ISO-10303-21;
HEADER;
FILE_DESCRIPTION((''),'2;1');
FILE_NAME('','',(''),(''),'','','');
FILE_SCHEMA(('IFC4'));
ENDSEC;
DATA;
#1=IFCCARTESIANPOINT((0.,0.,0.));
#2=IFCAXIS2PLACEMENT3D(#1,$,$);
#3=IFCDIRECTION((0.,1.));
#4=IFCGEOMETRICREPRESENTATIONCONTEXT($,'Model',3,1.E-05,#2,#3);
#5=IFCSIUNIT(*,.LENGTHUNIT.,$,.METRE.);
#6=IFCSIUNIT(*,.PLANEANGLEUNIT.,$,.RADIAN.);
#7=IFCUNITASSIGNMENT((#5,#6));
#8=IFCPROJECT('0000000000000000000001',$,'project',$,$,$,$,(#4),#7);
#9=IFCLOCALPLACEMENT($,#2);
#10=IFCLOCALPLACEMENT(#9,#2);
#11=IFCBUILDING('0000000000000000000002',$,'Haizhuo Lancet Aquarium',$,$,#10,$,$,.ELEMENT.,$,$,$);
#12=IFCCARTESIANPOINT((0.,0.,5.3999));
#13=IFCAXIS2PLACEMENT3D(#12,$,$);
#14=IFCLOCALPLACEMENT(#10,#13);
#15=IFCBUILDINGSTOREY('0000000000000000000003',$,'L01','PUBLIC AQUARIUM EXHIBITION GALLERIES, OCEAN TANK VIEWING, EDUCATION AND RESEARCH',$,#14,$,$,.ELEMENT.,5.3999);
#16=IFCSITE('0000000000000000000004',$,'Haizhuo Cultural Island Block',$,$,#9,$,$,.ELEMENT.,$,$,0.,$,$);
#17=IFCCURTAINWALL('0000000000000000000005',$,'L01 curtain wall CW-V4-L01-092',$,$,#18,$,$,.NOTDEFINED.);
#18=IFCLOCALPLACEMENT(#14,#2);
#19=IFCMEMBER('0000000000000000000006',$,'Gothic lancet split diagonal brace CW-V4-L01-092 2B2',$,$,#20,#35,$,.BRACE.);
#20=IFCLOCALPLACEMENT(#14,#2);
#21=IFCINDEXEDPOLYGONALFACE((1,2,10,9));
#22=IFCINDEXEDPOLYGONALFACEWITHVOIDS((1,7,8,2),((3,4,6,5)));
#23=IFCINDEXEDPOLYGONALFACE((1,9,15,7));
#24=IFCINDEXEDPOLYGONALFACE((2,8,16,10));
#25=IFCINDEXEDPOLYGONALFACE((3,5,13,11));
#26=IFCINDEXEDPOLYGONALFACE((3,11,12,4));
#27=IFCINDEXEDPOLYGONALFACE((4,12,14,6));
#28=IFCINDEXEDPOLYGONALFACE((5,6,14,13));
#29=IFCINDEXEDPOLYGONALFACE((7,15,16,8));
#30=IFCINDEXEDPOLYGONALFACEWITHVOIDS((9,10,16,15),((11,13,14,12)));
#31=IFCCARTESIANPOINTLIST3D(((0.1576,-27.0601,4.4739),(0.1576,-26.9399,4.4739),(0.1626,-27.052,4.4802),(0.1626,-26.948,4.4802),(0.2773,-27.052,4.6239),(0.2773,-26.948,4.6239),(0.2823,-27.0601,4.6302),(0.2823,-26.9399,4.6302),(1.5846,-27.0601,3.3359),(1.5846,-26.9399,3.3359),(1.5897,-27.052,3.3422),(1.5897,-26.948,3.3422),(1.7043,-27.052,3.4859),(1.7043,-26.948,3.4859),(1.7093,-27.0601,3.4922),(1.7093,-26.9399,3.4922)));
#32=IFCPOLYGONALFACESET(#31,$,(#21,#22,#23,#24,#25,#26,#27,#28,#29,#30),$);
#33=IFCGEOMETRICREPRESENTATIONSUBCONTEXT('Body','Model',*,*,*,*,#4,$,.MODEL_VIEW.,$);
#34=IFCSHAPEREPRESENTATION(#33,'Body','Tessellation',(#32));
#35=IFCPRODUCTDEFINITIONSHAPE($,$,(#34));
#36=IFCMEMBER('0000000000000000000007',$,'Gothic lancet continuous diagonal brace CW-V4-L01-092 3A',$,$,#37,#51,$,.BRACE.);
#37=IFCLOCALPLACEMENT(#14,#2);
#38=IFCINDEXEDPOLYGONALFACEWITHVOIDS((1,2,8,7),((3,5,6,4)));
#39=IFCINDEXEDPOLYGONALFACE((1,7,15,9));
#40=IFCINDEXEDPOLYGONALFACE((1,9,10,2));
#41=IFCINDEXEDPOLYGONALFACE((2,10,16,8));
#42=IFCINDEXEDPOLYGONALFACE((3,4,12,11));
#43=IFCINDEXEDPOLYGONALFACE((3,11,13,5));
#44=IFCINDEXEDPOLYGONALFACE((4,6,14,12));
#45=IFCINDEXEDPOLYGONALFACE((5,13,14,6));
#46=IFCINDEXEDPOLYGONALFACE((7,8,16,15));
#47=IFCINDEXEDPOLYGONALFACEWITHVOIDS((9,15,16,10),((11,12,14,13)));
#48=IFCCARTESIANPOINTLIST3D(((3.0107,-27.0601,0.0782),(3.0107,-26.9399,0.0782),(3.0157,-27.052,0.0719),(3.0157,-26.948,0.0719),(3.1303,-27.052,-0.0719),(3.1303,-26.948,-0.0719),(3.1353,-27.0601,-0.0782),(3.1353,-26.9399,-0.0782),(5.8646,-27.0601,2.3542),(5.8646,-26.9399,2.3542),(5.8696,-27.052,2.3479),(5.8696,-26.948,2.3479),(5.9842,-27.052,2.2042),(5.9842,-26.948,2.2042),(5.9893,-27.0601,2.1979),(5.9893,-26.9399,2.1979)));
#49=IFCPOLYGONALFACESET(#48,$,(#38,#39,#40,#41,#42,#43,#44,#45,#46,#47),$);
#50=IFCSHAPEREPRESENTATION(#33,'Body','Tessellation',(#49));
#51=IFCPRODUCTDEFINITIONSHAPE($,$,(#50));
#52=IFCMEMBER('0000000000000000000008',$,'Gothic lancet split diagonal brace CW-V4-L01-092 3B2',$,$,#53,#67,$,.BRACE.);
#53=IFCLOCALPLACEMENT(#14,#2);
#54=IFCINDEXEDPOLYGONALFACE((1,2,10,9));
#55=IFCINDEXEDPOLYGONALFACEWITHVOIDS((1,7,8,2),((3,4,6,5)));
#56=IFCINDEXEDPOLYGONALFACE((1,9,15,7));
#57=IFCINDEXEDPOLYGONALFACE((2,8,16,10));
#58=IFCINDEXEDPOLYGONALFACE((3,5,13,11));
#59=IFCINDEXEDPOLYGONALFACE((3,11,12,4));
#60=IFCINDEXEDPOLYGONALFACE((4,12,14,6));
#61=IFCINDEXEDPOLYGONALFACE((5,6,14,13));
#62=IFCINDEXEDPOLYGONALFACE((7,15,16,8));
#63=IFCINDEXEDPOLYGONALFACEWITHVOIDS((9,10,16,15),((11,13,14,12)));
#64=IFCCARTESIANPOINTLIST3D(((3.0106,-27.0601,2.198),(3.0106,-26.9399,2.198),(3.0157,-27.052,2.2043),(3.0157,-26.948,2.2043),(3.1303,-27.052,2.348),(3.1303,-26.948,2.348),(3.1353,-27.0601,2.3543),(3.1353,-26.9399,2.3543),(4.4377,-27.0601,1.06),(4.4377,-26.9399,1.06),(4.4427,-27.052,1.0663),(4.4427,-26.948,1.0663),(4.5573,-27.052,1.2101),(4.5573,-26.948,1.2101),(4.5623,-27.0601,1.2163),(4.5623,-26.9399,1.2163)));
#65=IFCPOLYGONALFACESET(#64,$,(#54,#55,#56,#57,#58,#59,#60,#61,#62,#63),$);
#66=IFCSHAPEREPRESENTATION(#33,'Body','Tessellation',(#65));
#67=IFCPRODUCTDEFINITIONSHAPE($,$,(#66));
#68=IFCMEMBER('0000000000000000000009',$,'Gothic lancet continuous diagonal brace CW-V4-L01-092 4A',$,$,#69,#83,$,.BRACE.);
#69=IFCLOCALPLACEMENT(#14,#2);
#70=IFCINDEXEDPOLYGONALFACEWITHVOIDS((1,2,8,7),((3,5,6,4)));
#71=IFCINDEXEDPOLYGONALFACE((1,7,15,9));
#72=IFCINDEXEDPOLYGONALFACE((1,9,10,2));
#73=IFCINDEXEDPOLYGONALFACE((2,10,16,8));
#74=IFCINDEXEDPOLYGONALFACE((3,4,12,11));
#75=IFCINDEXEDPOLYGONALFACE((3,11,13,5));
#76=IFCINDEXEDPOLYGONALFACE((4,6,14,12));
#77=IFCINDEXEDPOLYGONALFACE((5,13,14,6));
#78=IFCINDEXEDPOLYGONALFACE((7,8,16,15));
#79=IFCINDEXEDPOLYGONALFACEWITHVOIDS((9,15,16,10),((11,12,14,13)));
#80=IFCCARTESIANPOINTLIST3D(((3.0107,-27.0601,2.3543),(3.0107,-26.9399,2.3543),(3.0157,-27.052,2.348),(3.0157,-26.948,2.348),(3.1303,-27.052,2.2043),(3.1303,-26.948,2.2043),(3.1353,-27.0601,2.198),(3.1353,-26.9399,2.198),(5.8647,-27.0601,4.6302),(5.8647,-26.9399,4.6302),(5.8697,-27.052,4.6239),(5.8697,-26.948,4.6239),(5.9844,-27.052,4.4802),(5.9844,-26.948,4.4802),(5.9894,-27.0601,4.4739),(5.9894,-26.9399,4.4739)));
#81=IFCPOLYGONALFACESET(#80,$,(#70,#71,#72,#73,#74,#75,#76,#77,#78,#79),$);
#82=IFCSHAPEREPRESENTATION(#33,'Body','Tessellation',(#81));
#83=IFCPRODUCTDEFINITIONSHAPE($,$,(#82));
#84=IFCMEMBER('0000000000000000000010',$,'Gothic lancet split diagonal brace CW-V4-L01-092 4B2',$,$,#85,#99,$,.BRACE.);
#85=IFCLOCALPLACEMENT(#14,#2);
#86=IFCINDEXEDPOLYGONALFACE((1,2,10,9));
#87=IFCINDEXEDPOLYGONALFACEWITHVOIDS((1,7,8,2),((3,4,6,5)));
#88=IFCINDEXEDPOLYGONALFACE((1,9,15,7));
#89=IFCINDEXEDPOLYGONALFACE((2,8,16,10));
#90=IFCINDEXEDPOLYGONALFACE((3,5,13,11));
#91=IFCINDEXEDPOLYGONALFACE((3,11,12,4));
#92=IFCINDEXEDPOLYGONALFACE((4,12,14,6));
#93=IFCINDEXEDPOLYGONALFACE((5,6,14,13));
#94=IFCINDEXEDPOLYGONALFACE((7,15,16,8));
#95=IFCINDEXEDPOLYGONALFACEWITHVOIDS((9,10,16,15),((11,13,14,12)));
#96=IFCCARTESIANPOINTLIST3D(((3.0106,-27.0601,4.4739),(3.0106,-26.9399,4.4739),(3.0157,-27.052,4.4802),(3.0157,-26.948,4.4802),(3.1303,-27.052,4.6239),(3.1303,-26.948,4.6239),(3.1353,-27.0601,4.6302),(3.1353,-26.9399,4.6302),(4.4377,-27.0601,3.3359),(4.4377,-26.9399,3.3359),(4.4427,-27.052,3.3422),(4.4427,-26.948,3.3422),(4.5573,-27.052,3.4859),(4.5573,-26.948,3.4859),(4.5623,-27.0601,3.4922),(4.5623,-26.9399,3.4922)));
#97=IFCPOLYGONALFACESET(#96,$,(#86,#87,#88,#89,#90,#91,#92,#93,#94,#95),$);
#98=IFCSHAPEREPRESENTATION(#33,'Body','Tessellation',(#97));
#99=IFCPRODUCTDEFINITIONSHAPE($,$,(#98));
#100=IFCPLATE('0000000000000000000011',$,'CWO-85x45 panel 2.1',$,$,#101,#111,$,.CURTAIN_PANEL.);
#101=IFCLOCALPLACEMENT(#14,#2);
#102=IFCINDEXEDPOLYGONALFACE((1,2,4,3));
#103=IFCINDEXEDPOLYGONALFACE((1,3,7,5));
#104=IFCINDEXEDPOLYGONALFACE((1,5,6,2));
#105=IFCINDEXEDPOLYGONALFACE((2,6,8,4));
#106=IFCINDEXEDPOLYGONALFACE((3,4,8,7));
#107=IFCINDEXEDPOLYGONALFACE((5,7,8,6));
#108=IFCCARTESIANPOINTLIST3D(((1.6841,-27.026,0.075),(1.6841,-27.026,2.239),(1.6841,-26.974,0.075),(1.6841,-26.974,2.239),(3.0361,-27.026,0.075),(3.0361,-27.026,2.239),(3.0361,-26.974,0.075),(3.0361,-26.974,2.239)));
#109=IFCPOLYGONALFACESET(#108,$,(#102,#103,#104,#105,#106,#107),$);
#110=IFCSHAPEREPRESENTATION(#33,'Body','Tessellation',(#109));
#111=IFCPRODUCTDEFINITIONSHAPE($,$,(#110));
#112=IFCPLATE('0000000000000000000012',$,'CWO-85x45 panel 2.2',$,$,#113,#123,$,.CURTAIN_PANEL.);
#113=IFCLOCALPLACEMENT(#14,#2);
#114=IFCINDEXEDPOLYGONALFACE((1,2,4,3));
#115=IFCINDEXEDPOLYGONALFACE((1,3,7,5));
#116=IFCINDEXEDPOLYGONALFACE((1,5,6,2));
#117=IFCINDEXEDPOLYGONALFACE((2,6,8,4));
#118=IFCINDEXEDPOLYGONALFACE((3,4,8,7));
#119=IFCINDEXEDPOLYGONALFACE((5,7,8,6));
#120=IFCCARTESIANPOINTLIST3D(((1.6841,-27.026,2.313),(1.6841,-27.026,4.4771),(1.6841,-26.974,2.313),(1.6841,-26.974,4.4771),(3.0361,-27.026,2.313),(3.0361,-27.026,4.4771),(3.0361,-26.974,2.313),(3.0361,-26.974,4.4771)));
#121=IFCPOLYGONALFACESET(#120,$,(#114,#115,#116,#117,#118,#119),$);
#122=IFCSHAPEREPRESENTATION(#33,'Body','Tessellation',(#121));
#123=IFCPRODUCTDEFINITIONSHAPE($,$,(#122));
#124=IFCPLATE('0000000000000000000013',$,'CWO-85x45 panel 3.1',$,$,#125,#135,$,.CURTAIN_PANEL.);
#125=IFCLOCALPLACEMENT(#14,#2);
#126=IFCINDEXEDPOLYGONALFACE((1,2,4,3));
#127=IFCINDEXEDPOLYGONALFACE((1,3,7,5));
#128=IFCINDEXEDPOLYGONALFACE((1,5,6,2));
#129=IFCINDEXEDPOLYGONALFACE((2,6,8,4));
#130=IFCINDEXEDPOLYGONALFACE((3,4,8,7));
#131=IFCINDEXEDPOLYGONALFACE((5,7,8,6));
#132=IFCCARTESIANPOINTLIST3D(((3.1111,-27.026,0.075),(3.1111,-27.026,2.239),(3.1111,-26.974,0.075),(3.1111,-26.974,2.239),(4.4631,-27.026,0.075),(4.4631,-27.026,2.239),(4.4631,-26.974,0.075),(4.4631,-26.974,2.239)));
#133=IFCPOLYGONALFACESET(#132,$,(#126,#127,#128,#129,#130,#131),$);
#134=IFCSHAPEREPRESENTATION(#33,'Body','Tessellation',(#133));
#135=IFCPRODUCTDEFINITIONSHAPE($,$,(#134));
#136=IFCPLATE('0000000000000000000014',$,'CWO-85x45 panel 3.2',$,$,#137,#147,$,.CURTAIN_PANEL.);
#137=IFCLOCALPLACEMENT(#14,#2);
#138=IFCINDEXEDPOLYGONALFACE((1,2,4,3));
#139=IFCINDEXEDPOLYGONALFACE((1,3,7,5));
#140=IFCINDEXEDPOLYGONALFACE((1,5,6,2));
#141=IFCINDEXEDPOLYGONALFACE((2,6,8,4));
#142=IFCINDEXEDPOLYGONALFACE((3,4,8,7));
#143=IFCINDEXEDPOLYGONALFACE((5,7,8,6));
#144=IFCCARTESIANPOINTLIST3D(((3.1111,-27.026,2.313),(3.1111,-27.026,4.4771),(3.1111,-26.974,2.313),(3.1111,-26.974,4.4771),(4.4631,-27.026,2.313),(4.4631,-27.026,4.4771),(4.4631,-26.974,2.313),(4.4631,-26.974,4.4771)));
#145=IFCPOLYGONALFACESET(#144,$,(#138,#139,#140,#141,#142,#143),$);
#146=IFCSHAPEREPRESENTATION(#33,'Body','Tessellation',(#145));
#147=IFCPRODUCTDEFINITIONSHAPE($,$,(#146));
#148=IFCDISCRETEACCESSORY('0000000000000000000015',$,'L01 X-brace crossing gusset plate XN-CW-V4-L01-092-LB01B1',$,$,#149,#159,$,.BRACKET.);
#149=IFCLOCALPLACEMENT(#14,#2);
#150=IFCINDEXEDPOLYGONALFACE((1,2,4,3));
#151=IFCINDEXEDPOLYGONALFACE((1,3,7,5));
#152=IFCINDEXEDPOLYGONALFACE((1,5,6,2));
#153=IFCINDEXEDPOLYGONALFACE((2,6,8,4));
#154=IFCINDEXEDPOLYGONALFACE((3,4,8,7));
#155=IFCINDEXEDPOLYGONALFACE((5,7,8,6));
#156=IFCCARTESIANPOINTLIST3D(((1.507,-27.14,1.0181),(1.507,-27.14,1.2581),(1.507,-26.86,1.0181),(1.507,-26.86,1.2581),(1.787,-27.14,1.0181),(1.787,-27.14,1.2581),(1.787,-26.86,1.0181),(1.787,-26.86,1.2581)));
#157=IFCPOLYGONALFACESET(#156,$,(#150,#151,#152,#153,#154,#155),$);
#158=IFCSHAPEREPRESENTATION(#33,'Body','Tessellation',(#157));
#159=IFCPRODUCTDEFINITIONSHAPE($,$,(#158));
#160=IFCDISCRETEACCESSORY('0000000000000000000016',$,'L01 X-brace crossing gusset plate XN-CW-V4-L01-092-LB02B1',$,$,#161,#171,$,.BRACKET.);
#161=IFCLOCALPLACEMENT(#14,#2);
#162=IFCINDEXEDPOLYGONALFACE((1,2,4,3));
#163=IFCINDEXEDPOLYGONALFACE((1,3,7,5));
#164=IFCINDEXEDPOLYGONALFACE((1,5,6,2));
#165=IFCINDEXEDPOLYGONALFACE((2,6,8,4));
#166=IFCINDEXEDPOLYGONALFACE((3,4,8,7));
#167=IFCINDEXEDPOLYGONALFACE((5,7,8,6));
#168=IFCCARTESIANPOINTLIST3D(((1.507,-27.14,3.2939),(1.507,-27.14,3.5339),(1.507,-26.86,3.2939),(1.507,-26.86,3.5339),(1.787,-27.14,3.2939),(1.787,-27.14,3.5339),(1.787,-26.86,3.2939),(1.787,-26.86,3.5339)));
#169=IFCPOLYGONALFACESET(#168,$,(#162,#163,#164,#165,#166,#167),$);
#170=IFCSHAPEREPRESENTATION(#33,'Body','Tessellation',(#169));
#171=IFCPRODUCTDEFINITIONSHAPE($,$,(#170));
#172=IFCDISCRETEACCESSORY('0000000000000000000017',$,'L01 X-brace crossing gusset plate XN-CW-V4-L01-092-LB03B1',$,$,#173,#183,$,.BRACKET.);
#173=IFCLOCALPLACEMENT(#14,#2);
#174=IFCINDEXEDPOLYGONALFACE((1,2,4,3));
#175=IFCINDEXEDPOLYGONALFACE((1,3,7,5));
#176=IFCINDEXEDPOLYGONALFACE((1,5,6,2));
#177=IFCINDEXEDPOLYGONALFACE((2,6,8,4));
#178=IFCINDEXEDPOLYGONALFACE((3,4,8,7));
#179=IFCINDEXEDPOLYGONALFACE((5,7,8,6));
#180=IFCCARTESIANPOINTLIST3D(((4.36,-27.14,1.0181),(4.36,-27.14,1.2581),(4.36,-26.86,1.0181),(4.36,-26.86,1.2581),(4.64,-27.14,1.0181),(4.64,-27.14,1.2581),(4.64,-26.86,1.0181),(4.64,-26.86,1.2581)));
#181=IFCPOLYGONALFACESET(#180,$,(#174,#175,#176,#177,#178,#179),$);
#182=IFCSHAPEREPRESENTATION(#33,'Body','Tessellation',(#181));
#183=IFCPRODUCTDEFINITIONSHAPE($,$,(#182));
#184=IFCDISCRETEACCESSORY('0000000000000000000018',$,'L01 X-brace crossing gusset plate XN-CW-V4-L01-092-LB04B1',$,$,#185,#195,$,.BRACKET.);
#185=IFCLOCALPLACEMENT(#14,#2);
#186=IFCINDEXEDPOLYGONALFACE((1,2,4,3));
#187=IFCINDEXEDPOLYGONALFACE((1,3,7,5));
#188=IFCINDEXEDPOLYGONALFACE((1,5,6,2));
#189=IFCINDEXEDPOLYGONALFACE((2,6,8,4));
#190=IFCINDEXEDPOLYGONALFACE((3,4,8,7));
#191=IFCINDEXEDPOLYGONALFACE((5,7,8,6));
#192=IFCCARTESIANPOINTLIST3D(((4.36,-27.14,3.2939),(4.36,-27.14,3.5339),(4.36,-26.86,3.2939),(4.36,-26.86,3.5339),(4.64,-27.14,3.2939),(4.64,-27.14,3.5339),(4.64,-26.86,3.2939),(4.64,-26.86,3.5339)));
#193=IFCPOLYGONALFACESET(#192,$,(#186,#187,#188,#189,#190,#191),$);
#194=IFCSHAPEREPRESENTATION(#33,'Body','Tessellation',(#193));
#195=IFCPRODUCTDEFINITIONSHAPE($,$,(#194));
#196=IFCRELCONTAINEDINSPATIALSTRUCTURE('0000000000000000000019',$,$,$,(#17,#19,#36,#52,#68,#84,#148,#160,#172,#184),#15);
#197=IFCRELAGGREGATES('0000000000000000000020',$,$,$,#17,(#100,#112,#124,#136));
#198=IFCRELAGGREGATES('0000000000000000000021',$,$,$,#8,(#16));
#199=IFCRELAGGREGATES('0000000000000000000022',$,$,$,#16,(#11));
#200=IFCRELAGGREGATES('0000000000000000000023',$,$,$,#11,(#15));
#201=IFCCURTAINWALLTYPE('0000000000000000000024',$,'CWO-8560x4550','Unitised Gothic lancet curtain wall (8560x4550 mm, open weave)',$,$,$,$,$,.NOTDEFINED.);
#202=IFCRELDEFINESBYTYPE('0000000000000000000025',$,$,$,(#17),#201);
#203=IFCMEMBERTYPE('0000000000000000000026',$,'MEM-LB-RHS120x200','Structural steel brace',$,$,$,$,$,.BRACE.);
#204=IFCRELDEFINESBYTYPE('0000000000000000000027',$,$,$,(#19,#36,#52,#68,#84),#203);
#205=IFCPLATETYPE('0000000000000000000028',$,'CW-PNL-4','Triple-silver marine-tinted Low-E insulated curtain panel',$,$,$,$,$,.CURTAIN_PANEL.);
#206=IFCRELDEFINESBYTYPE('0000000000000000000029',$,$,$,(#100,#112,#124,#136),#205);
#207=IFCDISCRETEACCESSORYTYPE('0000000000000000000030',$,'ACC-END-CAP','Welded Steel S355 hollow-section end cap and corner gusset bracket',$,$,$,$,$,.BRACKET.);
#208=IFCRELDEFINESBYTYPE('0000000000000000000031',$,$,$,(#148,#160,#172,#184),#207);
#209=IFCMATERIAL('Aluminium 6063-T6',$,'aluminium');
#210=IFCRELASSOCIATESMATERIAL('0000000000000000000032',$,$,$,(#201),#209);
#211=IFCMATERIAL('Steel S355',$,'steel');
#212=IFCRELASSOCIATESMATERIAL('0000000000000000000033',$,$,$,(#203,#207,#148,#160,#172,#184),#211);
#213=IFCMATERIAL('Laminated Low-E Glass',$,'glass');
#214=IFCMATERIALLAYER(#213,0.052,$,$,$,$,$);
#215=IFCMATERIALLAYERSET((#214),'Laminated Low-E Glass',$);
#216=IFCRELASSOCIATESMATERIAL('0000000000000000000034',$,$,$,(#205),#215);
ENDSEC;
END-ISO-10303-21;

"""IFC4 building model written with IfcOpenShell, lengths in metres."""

from ifc_helpers import new_model, si_unit, direction, frame, origin, origin_2d, place, context, subcontext, project, spatial, rectangle, hollow_rectangle, extrude, material, layer, layer_set, material_profile, profile_set, type_object, element, aggregate, save


model = new_model("IFC4")

# Units and contexts
model_context = context("Model", 3, precision=1e-05, world=origin(), true_north=direction((0.0, 1.0)))
body_context = subcontext(model_context, "Body", "Model", "MODEL_VIEW")
ifc_project = project(units=[si_unit("LENGTHUNIT", "METRE"), si_unit("PLANEANGLEUNIT", "RADIAN")], contexts=[model_context])

# Site, building, storey
site_placement = place(None, origin())
site = spatial("IfcSite", under=ifc_project, at=site_placement, Name="Haizhuo Cultural Island Block", CompositionType="ELEMENT", RefElevation=0.0)
building_placement = place(site_placement, origin())
building = spatial("IfcBuilding", under=site, at=building_placement, Name="Haizhuo Lancet Aquarium", CompositionType="ELEMENT")
storey_placement = place(building_placement, frame((0.0, 0.0, 5.3999)))
storey = spatial("IfcBuildingStorey", under=building, at=storey_placement, Name="L01", Description="PUBLIC AQUARIUM EXHIBITION GALLERIES, OCEAN TANK VIEWING, EDUCATION AND RESEARCH", CompositionType="ELEMENT", Elevation=5.3999)

# Curtain wall
ifc_material_1 = material(Name="Aluminium 6063-T6", Category="aluminium")
curtain_wall_type = type_object("IfcCurtainWallType", Name="CWO-8560x4550", Description="Unitised Gothic lancet curtain wall (8560x4550 mm, open weave)", PredefinedType="NOTDEFINED", material=ifc_material_1)
curtain_wall_placement = place(storey_placement, origin())
curtain_wall = element("IfcCurtainWall", 1, at=curtain_wall_placement, inside=storey, type_object=curtain_wall_type, Name="L01 curtain wall CW-V4-L01-092", PredefinedType="NOTDEFINED")

# Members
ifc_material_2 = material(Name="Steel S355", Category="steel")
ifc_material_profile_1 = material_profile(ifc_material_2, hollow_rectangle(XDim=0.1201, YDim=0.2, WallThickness=0.0081, at=origin_2d()), Name="RHS 120x200x8")
ifc_profile_set_1 = profile_set([ifc_material_profile_1], Name="Steel S355")
member_type_1 = type_object("IfcMemberType", Name="MEM-LB-RHS120x200", Description="Structural steel brace", PredefinedType="BRACE", material=ifc_profile_set_1)
member_1_placement = place(storey_placement, frame((1.647, -27.0, 3.4141), z_axis=(-0.781847, 0.0, 0.623471), x_axis=(0.0, -1.0, 0.0)))
element("IfcMember", 2, at=member_1_placement, inside=storey, type_object=member_type_1, Name="Gothic lancet split diagonal brace CW-V4-L01-092 2B2", PredefinedType="BRACE", context=body_context, shape_type="SweptSolid", body=[
    extrude(hollow_rectangle(XDim=0.1201, YDim=0.2, WallThickness=0.0081, at=origin_2d()), origin(), (0.0, 0.0, 1.0), 1.8252),
])
member_2_placement = place(storey_placement, frame((3.073, -27.0, 0.0), z_axis=(0.781814, 0.0, 0.623512), x_axis=(0.0, 1.0, 0.0)))
element("IfcMember", 3, at=member_2_placement, inside=storey, type_object=member_type_1, Name="Gothic lancet continuous diagonal brace CW-V4-L01-092 3A", PredefinedType="BRACE", context=body_context, shape_type="SweptSolid", body=[
    extrude(hollow_rectangle(XDim=0.1201, YDim=0.2, WallThickness=0.0081, at=origin_2d()), origin(), (0.0, 0.0, 1.0), 3.6504),
])
member_3_placement = place(storey_placement, frame((4.5, -27.0, 1.1382), z_axis=(-0.781847, 0.0, 0.623471), x_axis=(0.0, -1.0, 0.0)))
element("IfcMember", 4, at=member_3_placement, inside=storey, type_object=member_type_1, Name="Gothic lancet split diagonal brace CW-V4-L01-092 3B2", PredefinedType="BRACE", context=body_context, shape_type="SweptSolid", body=[
    extrude(hollow_rectangle(XDim=0.1201, YDim=0.2, WallThickness=0.0081, at=origin_2d()), origin(), (0.0, 0.0, 1.0), 1.8252),
])
member_4_placement = place(storey_placement, frame((3.073, -27.0, 2.2761), z_axis=(0.781847, 0.0, 0.623471), x_axis=(0.0, 1.0, 0.0)))
element("IfcMember", 5, at=member_4_placement, inside=storey, type_object=member_type_1, Name="Gothic lancet continuous diagonal brace CW-V4-L01-092 4A", PredefinedType="BRACE", context=body_context, shape_type="SweptSolid", body=[
    extrude(hollow_rectangle(XDim=0.1201, YDim=0.2, WallThickness=0.0081, at=origin_2d()), origin(), (0.0, 0.0, 1.0), 3.6504),
])
member_5_placement = place(storey_placement, frame((4.5, -27.0, 3.4141), z_axis=(-0.781847, 0.0, 0.623471), x_axis=(0.0, -1.0, 0.0)))
element("IfcMember", 6, at=member_5_placement, inside=storey, type_object=member_type_1, Name="Gothic lancet split diagonal brace CW-V4-L01-092 4B2", PredefinedType="BRACE", context=body_context, shape_type="SweptSolid", body=[
    extrude(hollow_rectangle(XDim=0.1201, YDim=0.2, WallThickness=0.0081, at=origin_2d()), origin(), (0.0, 0.0, 1.0), 1.8252),
])

# Plates
ifc_material_3 = material(Name="Laminated Low-E Glass", Category="glass")
ifc_layer = layer(ifc_material_3, 0.052)
ifc_layer_set = layer_set([ifc_layer], Name="Laminated Low-E Glass")
plate_type = type_object("IfcPlateType", Name="CW-PNL-4", Description="Triple-silver marine-tinted Low-E insulated curtain panel", PredefinedType="CURTAIN_PANEL", material=ifc_layer_set)
plate_1_placement = place(storey_placement, frame((2.3601, -27.0, 0.075), z_axis=(0.0, 0.0, 1.0), x_axis=(1.0, 0.0, 0.0)))
plate_1 = element("IfcPlate", 7, at=plate_1_placement, type_object=plate_type, Name="CWO-85x45 panel 2.1", PredefinedType="CURTAIN_PANEL", context=body_context, shape_type="SweptSolid", body=[
    extrude(rectangle(XDim=1.3521, YDim=0.052, at=origin_2d()), origin(), (0.0, 0.0, 1.0), 2.1641),
])
plate_2_placement = place(storey_placement, frame((2.3601, -27.0, 2.313), z_axis=(0.0, 0.0, 1.0), x_axis=(1.0, 0.0, 0.0)))
plate_2 = element("IfcPlate", 8, at=plate_2_placement, type_object=plate_type, Name="CWO-85x45 panel 2.2", PredefinedType="CURTAIN_PANEL", context=body_context, shape_type="SweptSolid", body=[
    extrude(rectangle(XDim=1.3521, YDim=0.052, at=origin_2d()), origin(), (0.0, 0.0, 1.0), 2.1641),
])
plate_3_placement = place(storey_placement, frame((3.7871, -27.0, 0.075), z_axis=(0.0, 0.0, 1.0), x_axis=(1.0, 0.0, 0.0)))
plate_3 = element("IfcPlate", 9, at=plate_3_placement, type_object=plate_type, Name="CWO-85x45 panel 3.1", PredefinedType="CURTAIN_PANEL", context=body_context, shape_type="SweptSolid", body=[
    extrude(rectangle(XDim=1.3521, YDim=0.052, at=origin_2d()), origin(), (0.0, 0.0, 1.0), 2.1641),
])
plate_4_placement = place(storey_placement, frame((3.7871, -27.0, 2.313), z_axis=(0.0, 0.0, 1.0), x_axis=(1.0, 0.0, 0.0)))
plate_4 = element("IfcPlate", 10, at=plate_4_placement, type_object=plate_type, Name="CWO-85x45 panel 3.2", PredefinedType="CURTAIN_PANEL", context=body_context, shape_type="SweptSolid", body=[
    extrude(rectangle(XDim=1.3521, YDim=0.052, at=origin_2d()), origin(), (0.0, 0.0, 1.0), 2.1641),
])
aggregate(curtain_wall, [plate_1, plate_2, plate_3, plate_4])

# Discrete accessories
discrete_accessory_type = type_object("IfcDiscreteAccessoryType", Name="ACC-END-CAP", Description="Welded Steel S355 hollow-section end cap and corner gusset bracket", PredefinedType="BRACKET", material=ifc_material_2)
for number, where, z_axis, x_axis, name in (
    (11, (1.647, -27.0, 1.0181), (0.0, 0.0, 1.0), (1.0, 0.0, 0.0), "L01 X-brace crossing gusset plate XN-CW-V4-L01-092-LB01B1"),
    (12, (1.647, -27.0, 3.2939), (0.0, 0.0, 1.0), (1.0, 0.0, 0.0), "L01 X-brace crossing gusset plate XN-CW-V4-L01-092-LB02B1"),
    (13, (4.5, -27.0, 1.0181), (0.0, 0.0, 1.0), (1.0, 0.0, 0.0), "L01 X-brace crossing gusset plate XN-CW-V4-L01-092-LB03B1"),
    (14, (4.5, -27.0, 3.2939), (0.0, 0.0, 1.0), (1.0, 0.0, 0.0), "L01 X-brace crossing gusset plate XN-CW-V4-L01-092-LB04B1"),
):
    element("IfcDiscreteAccessory", number, at=place(storey_placement, frame(where, z_axis=z_axis, x_axis=x_axis)), inside=storey, type_object=discrete_accessory_type, material=ifc_material_2, Name=name, PredefinedType="BRACKET", context=body_context, shape_type="SweptSolid", body=[
        extrude(rectangle(XDim=0.28, YDim=0.28, at=origin_2d()), origin(), (0.0, 0.0, 1.0), 0.24),
    ])

save(model, "model.ifc")
